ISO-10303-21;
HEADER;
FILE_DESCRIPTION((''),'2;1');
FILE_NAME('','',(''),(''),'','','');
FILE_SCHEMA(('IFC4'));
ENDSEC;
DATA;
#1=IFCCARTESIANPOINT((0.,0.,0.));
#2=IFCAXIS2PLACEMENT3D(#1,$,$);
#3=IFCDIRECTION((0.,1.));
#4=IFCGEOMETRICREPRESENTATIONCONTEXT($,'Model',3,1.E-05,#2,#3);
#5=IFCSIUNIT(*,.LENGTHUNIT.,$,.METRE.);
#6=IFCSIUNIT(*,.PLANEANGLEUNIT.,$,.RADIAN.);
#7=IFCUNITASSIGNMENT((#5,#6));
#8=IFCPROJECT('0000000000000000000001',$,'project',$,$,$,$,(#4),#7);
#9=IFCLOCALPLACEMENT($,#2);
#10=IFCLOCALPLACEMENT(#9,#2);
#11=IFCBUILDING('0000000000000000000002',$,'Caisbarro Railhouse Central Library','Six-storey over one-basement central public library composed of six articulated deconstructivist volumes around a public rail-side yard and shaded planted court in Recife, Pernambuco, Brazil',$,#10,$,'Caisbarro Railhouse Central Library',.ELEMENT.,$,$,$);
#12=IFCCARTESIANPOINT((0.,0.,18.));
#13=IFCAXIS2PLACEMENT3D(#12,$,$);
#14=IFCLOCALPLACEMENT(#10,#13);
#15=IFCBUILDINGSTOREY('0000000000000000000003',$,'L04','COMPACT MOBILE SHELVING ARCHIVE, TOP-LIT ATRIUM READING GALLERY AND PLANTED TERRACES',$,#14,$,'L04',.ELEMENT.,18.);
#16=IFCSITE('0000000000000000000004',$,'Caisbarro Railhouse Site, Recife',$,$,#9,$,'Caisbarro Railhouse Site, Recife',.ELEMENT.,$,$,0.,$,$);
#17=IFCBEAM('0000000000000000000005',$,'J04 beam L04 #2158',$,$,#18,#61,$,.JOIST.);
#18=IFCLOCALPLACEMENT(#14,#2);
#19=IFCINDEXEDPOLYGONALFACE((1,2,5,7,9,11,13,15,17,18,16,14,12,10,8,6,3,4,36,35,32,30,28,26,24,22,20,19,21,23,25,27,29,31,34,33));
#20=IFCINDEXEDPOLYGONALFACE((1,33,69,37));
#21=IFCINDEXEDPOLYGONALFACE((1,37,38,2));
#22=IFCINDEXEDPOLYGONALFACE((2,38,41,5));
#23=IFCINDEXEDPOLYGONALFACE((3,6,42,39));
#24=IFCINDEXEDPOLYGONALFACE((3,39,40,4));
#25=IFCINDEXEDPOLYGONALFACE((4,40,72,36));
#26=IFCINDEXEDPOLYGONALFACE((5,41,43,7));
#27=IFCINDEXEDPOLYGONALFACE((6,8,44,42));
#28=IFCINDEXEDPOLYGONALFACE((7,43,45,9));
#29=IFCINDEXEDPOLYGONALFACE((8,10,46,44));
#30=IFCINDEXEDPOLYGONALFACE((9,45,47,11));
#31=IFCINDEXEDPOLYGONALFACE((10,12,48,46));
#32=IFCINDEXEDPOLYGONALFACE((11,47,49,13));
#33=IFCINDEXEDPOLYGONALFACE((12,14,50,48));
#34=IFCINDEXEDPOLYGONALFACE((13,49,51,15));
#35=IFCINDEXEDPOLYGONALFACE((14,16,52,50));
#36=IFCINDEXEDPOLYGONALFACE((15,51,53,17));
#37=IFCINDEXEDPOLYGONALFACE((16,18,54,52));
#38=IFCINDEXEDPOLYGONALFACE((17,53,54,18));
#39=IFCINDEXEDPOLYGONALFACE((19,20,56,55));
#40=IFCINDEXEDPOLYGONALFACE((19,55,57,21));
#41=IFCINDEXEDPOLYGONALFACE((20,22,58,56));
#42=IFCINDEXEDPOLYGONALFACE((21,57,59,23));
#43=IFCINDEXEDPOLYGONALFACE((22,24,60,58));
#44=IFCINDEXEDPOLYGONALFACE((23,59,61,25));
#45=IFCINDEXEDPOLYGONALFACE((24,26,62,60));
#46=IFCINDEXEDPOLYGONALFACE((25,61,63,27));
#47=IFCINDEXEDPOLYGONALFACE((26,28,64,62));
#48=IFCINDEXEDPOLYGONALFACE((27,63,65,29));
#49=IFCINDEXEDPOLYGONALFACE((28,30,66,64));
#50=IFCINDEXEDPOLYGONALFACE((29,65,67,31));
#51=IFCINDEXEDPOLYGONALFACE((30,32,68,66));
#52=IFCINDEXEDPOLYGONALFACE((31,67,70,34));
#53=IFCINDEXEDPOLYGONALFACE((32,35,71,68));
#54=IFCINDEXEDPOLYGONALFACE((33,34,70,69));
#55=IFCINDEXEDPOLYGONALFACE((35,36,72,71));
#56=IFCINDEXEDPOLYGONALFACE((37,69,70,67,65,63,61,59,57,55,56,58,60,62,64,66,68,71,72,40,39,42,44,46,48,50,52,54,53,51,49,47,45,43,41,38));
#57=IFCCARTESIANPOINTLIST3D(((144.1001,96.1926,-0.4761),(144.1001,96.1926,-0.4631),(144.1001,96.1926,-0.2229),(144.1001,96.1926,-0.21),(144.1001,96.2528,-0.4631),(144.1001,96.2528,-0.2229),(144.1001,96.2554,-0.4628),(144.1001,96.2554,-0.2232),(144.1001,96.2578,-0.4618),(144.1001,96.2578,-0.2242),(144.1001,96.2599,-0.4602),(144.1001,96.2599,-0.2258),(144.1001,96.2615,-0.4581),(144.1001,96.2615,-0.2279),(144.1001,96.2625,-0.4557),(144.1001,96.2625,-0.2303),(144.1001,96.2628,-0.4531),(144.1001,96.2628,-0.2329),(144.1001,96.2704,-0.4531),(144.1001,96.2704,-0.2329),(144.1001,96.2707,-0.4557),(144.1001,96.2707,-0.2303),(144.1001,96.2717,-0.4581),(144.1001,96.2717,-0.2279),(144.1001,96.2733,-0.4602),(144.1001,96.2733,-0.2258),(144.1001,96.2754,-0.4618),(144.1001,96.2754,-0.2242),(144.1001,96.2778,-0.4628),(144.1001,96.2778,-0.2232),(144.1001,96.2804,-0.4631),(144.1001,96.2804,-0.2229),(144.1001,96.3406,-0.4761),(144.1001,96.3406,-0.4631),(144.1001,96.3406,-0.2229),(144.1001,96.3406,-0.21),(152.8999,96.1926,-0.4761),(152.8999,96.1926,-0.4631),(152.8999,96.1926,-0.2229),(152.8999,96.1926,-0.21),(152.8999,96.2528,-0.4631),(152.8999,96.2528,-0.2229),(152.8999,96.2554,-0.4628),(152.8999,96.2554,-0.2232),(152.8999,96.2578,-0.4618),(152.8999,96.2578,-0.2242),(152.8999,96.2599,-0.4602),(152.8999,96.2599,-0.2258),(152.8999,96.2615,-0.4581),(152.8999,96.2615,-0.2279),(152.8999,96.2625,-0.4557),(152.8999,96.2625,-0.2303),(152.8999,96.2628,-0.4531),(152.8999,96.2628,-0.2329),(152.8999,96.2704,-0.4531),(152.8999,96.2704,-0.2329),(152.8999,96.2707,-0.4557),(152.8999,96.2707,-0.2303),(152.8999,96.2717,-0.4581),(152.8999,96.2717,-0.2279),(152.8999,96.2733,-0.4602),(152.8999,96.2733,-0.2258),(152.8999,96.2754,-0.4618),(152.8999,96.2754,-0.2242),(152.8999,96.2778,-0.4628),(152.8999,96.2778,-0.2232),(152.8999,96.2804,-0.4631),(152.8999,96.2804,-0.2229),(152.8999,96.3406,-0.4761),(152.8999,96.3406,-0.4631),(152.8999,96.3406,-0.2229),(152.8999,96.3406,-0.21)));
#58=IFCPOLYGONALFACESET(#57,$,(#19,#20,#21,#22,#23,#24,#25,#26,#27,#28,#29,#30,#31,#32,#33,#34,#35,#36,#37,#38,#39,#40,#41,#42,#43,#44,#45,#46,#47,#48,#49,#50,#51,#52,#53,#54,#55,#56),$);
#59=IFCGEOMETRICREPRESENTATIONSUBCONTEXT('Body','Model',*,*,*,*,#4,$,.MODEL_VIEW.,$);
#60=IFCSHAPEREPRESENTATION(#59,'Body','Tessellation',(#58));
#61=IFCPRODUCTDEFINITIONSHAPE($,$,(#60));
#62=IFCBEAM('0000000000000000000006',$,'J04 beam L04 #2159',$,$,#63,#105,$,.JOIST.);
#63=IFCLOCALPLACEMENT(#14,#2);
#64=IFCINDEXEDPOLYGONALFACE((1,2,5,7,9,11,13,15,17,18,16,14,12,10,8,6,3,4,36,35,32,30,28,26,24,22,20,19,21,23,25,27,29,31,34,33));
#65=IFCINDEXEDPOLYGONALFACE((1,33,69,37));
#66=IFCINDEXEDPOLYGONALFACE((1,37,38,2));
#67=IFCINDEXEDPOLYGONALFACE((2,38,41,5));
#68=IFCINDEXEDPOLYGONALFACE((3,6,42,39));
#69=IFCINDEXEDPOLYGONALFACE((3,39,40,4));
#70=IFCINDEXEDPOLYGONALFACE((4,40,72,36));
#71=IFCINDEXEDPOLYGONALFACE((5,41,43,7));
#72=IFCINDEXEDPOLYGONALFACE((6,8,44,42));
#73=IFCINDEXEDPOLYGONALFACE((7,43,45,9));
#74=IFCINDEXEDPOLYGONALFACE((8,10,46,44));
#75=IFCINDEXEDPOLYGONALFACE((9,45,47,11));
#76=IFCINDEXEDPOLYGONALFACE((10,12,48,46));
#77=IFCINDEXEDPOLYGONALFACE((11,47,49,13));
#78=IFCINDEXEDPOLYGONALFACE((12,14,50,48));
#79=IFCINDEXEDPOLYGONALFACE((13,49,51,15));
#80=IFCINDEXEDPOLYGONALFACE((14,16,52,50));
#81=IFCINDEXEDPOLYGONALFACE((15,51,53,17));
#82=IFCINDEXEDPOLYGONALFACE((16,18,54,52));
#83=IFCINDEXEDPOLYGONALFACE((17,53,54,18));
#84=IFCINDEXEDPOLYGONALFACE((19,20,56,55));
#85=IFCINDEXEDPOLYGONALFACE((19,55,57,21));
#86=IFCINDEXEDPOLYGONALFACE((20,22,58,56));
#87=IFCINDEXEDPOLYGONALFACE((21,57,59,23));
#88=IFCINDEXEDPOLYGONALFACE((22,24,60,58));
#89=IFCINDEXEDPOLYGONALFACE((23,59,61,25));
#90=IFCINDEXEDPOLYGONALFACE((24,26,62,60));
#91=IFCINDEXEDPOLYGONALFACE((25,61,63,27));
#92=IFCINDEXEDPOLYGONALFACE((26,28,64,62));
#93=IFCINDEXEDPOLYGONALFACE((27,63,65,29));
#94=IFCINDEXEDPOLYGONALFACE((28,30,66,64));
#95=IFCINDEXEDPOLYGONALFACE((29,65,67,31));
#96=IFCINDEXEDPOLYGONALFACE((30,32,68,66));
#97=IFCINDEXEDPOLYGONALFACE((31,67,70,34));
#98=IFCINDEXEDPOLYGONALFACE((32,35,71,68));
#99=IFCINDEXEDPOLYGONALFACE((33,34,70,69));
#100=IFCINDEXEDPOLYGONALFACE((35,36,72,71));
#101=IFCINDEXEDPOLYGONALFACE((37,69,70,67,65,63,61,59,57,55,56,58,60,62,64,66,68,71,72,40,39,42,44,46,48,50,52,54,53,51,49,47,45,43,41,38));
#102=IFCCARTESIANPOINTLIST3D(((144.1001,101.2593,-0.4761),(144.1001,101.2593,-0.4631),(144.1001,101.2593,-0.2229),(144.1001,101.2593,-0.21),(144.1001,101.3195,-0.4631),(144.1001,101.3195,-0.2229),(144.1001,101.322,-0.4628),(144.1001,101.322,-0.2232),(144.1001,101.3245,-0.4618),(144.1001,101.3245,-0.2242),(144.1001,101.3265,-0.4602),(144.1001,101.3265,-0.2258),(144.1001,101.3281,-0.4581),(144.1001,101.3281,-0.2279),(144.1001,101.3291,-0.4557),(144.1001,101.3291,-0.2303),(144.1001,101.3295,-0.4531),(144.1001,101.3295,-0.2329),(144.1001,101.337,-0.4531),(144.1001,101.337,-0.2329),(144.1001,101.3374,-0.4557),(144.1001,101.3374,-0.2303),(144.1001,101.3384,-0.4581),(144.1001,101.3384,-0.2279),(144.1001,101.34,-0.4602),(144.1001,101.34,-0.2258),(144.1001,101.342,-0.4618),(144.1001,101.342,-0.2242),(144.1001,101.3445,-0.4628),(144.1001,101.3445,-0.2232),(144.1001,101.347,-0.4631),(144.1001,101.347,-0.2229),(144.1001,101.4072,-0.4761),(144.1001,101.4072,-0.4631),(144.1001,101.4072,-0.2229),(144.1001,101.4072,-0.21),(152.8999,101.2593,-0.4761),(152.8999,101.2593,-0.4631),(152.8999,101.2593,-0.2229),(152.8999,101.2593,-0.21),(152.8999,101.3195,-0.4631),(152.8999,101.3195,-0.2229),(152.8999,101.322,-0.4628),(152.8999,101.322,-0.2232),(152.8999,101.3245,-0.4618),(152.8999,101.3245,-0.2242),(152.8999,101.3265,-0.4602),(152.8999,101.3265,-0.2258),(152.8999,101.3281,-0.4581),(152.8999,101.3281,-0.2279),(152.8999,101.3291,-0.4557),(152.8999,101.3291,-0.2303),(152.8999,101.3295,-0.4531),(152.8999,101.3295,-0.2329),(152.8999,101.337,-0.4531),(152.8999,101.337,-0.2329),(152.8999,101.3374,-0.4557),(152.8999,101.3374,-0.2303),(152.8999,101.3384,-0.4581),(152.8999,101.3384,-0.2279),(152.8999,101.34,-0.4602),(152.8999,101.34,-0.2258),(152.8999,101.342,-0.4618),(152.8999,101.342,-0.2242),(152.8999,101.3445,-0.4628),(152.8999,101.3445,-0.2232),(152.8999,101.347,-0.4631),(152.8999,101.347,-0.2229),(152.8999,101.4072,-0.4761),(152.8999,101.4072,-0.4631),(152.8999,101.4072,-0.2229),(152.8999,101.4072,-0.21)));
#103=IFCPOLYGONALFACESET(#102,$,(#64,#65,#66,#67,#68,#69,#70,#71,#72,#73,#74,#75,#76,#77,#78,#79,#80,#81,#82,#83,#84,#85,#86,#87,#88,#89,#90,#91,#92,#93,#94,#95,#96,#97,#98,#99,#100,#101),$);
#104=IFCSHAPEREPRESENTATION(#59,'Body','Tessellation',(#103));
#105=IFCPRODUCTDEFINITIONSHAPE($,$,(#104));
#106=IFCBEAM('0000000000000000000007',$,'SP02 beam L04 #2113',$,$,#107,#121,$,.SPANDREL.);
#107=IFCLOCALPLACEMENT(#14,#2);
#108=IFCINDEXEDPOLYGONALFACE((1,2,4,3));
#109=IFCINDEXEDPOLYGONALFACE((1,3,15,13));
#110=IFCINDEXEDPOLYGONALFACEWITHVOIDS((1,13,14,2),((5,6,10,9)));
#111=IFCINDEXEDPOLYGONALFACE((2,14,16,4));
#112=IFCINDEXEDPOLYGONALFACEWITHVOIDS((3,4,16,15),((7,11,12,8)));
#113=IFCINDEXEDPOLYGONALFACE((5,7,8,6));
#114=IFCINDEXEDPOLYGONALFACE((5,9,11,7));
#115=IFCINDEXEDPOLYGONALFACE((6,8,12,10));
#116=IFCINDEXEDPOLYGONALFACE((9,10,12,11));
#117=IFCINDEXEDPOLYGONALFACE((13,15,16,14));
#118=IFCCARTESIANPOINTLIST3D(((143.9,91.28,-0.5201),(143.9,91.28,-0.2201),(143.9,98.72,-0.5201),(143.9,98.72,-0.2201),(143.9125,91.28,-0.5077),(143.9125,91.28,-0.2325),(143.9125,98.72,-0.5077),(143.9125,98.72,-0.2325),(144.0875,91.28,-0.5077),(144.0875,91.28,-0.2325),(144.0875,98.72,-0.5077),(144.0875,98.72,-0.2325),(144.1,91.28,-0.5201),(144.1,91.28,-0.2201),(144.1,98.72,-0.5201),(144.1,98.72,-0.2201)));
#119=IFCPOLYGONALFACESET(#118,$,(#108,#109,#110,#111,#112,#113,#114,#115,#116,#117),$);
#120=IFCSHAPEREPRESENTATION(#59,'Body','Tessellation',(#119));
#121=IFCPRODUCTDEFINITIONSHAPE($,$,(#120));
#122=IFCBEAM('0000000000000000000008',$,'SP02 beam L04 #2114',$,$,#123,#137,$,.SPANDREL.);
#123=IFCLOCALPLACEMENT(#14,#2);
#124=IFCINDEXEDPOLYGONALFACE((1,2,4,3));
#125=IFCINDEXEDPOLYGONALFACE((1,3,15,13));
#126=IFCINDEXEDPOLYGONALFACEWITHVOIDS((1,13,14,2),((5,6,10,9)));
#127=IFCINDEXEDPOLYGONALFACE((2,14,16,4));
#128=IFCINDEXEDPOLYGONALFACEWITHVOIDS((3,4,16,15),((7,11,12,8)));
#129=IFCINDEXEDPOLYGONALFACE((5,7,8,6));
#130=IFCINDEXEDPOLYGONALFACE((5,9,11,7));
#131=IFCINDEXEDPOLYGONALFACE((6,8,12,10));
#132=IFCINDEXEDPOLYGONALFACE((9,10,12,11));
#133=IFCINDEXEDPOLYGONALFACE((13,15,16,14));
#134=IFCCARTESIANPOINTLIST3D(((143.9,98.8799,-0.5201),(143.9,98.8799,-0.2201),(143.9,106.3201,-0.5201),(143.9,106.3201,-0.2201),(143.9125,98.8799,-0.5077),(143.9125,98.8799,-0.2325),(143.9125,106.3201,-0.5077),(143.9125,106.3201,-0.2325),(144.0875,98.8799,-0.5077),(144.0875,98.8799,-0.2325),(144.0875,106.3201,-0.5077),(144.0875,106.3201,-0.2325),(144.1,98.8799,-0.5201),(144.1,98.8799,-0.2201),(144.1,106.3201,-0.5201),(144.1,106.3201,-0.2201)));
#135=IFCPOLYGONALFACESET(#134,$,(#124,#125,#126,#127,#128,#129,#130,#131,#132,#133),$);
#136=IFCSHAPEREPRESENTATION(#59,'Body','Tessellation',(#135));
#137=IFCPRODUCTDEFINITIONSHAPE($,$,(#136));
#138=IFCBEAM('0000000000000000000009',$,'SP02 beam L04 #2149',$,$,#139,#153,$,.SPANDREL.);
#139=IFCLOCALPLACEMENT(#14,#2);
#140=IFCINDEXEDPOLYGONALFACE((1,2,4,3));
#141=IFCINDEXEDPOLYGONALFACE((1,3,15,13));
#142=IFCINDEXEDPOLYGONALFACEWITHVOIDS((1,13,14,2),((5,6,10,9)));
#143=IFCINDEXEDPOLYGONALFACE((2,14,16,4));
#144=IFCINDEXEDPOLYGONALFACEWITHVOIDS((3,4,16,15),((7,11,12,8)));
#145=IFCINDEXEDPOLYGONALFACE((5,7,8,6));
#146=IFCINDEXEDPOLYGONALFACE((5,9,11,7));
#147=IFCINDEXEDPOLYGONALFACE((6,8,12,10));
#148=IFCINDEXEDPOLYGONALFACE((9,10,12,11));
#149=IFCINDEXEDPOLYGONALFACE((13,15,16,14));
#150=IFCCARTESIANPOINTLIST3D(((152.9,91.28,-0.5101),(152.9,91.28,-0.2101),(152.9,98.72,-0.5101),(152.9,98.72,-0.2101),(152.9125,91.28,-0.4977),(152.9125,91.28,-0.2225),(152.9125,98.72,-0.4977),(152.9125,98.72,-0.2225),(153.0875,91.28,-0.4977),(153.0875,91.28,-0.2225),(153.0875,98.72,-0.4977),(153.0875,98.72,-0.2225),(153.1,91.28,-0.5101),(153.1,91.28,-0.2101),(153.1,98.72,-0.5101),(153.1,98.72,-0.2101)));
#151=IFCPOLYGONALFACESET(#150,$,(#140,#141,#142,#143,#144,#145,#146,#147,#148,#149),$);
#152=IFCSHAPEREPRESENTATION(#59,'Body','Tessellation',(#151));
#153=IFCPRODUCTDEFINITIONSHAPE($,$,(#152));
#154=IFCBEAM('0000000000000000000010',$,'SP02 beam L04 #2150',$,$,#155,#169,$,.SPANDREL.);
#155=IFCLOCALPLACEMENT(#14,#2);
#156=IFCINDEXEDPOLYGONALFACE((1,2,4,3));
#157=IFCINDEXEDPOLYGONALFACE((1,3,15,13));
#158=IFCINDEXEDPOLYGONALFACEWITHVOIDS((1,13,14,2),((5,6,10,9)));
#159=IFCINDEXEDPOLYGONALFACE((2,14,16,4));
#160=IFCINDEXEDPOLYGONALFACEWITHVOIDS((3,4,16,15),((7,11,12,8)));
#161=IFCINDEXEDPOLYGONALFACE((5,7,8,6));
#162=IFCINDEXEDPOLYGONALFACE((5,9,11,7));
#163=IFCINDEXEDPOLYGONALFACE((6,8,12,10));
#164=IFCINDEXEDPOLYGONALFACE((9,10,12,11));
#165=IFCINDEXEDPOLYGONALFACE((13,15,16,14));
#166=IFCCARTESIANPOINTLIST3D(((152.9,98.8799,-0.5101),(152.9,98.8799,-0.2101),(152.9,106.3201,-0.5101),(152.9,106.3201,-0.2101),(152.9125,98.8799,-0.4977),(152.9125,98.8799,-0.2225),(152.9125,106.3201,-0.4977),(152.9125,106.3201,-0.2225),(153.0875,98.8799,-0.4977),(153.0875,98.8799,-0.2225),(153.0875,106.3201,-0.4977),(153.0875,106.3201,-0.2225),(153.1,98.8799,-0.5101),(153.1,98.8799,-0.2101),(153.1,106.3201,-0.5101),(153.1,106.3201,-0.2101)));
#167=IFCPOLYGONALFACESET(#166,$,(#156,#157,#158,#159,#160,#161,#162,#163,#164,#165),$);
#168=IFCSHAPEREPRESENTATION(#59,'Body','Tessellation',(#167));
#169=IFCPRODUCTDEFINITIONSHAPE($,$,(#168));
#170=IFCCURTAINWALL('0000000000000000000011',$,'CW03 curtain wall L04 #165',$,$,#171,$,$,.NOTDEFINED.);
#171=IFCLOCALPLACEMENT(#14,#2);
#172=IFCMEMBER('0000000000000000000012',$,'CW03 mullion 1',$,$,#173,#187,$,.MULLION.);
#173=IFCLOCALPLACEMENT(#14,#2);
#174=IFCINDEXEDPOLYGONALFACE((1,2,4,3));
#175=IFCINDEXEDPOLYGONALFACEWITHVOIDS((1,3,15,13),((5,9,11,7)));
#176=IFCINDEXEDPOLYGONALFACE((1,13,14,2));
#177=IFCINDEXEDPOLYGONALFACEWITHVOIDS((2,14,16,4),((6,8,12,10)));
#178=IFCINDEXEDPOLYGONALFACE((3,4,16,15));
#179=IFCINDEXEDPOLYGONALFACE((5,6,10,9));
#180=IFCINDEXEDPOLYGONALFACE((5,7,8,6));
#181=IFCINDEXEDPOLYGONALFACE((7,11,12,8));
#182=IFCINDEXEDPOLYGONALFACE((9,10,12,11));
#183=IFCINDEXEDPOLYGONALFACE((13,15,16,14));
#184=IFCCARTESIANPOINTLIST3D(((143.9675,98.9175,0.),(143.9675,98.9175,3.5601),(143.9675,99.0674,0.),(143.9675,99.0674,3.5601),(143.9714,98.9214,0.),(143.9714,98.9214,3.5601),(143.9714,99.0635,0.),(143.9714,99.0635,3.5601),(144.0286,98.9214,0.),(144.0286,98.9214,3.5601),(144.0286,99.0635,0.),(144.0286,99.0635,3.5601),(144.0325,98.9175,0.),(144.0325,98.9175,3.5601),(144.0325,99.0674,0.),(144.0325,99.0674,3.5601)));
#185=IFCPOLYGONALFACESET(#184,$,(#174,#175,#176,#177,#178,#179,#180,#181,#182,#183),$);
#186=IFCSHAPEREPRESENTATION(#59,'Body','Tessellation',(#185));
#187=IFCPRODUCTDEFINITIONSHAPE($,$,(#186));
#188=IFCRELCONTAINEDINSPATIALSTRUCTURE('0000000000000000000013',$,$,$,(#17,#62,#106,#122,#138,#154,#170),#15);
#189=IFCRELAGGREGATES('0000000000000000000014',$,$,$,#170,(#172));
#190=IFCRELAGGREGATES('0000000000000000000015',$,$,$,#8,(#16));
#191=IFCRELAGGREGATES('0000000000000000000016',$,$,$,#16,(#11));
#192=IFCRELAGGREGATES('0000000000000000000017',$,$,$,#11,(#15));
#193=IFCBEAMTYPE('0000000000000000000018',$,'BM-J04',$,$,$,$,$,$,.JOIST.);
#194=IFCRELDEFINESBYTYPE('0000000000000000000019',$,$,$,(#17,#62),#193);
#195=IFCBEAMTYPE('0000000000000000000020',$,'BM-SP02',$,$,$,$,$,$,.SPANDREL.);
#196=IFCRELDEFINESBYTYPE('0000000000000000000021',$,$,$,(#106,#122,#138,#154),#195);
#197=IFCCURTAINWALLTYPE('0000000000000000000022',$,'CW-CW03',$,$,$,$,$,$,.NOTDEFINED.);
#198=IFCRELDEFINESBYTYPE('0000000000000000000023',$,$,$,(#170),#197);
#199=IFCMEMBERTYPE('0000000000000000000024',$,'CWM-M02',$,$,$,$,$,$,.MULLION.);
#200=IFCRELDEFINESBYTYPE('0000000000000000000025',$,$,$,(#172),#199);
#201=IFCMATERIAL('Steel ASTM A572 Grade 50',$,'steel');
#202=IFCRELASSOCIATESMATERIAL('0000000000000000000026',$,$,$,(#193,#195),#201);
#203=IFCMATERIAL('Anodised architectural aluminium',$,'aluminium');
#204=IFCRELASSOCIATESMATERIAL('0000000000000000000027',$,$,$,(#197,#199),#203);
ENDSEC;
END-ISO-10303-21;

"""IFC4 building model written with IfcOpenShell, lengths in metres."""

from ifc_helpers import new_model, si_unit, direction, frame, origin, origin_2d, place, context, subcontext, project, spatial, hollow_rectangle, i_section, extrude, material, material_profile, profile_set, type_object, element, aggregate, save


model = new_model("IFC4")

# Units and contexts
model_context = context("Model", 3, precision=1e-05, world=origin(), true_north=direction((0.0, 1.0)))
body_context = subcontext(model_context, "Body", "Model", "MODEL_VIEW")
ifc_project = project(units=[si_unit("LENGTHUNIT", "METRE"), si_unit("PLANEANGLEUNIT", "RADIAN")], contexts=[model_context])

# Site, building, storey
site_placement = place(None, origin())
site = spatial("IfcSite", under=ifc_project, at=site_placement, Name="Caisbarro Railhouse Site, Recife", LongName="Caisbarro Railhouse Site, Recife", CompositionType="ELEMENT", RefElevation=0.0)
building_placement = place(site_placement, origin())
building = spatial("IfcBuilding", under=site, at=building_placement, Name="Caisbarro Railhouse Central Library", Description="Six-storey over one-basement central public library composed of six articulated deconstructivist volumes around a public rail-side yard and shaded planted court in Recife, Pernambuco, Brazil", LongName="Caisbarro Railhouse Central Library", CompositionType="ELEMENT")
storey_placement = place(building_placement, frame((0.0, 0.0, 18.0)))
storey = spatial("IfcBuildingStorey", under=building, at=storey_placement, Name="L04", Description="COMPACT MOBILE SHELVING ARCHIVE, TOP-LIT ATRIUM READING GALLERY AND PLANTED TERRACES", LongName="L04", CompositionType="ELEMENT", Elevation=18.0)

# Shared definitions
ifc_material_1 = material(Name="Steel ASTM A572 Grade 50", Category="steel")

# Beams
ifc_material_profile_1 = material_profile(ifc_material_1, i_section(OverallWidth=0.1479, OverallDepth=0.2661, WebThickness=0.0076, FlangeThickness=0.0129, FilletRadius=0.01, at=origin_2d()), Name="W250X44.8")
ifc_profile_set_1 = profile_set([ifc_material_profile_1], Name="Steel ASTM A572 Grade 50")
beam_type_1 = type_object("IfcBeamType", Name="BM-J04", PredefinedType="JOIST", material=ifc_profile_set_1)
for number, where, z_axis, x_axis, name in (
    (1, (144.1001, 96.2666, -0.343), (1.0, 0.0, 0.0), (0.0, 1.0, 0.0), "J04 beam L04 #2158"),
    (2, (144.1001, 101.3333, -0.343), (1.0, 0.0, 0.0), (0.0, 1.0, 0.0), "J04 beam L04 #2159"),
):
    element("IfcBeam", number, at=place(storey_placement, frame(where, z_axis=z_axis, x_axis=x_axis)), inside=storey, type_object=beam_type_1, Name=name, PredefinedType="JOIST", context=body_context, shape_type="SweptSolid", body=[
        extrude(i_section(OverallWidth=0.1479, OverallDepth=0.2661, WebThickness=0.0076, FlangeThickness=0.0129, FilletRadius=0.01, at=origin_2d()), origin(), (0.0, 0.0, 1.0), 8.7998),
    ])
ifc_material_profile_2 = material_profile(ifc_material_1, hollow_rectangle(XDim=0.2, YDim=0.3, WallThickness=0.0125, at=origin_2d()), Name="HSS300X200X12.5")
ifc_profile_set_2 = profile_set([ifc_material_profile_2], Name="Steel ASTM A572 Grade 50")
beam_type_2 = type_object("IfcBeamType", Name="BM-SP02", PredefinedType="SPANDREL", material=ifc_profile_set_2)
beam_1_placement = place(storey_placement, frame((144.0, 91.28, -0.3701), z_axis=(0.0, 1.0, 0.0), x_axis=(-1.0, 0.0, 0.0)))
element("IfcBeam", 3, at=beam_1_placement, inside=storey, type_object=beam_type_2, Name="SP02 beam L04 #2113", PredefinedType="SPANDREL", context=body_context, shape_type="SweptSolid", body=[
    extrude(hollow_rectangle(XDim=0.2, YDim=0.3, WallThickness=0.0125, at=origin_2d()), origin(), (0.0, 0.0, 1.0), 7.4399),
])
beam_2_placement = place(storey_placement, frame((144.0, 98.8799, -0.3701), z_axis=(0.0, 1.0, 0.0), x_axis=(-1.0, 0.0, 0.0)))
element("IfcBeam", 4, at=beam_2_placement, inside=storey, type_object=beam_type_2, Name="SP02 beam L04 #2114", PredefinedType="SPANDREL", context=body_context, shape_type="SweptSolid", body=[
    extrude(hollow_rectangle(XDim=0.2, YDim=0.3, WallThickness=0.0125, at=origin_2d()), origin(), (0.0, 0.0, 1.0), 7.4402),
])
beam_3_placement = place(storey_placement, frame((153.0, 91.28, -0.3601), z_axis=(0.0, 1.0, 0.0), x_axis=(-1.0, 0.0, 0.0)))
element("IfcBeam", 5, at=beam_3_placement, inside=storey, type_object=beam_type_2, Name="SP02 beam L04 #2149", PredefinedType="SPANDREL", context=body_context, shape_type="SweptSolid", body=[
    extrude(hollow_rectangle(XDim=0.2, YDim=0.3, WallThickness=0.0125, at=origin_2d()), origin(), (0.0, 0.0, 1.0), 7.4399),
])
beam_4_placement = place(storey_placement, frame((153.0, 98.8799, -0.3601), z_axis=(0.0, 1.0, 0.0), x_axis=(-1.0, 0.0, 0.0)))
element("IfcBeam", 6, at=beam_4_placement, inside=storey, type_object=beam_type_2, Name="SP02 beam L04 #2150", PredefinedType="SPANDREL", context=body_context, shape_type="SweptSolid", body=[
    extrude(hollow_rectangle(XDim=0.2, YDim=0.3, WallThickness=0.0125, at=origin_2d()), origin(), (0.0, 0.0, 1.0), 7.4402),
])

# Curtain wall, member
ifc_material_2 = material(Name="Anodised architectural aluminium", Category="aluminium")
curtain_wall_type = type_object("IfcCurtainWallType", Name="CW-CW03", PredefinedType="NOTDEFINED", material=ifc_material_2)
curtain_wall_placement = place(storey_placement, origin())
curtain_wall = element("IfcCurtainWall", 7, at=curtain_wall_placement, inside=storey, type_object=curtain_wall_type, Name="CW03 curtain wall L04 #165", PredefinedType="NOTDEFINED")
ifc_material_profile_3 = material_profile(ifc_material_2, hollow_rectangle(XDim=0.0649, YDim=0.1499, WallThickness=0.0039, at=origin_2d()), Name="ALU-MUL-65X150")
ifc_profile_set_3 = profile_set([ifc_material_profile_3], Name="Anodised architectural aluminium")
member_type_1 = type_object("IfcMemberType", Name="CWM-M02", PredefinedType="MULLION", material=ifc_profile_set_3)
member_1_placement = place(storey_placement, frame((144.0, 98.9924, 0.0), z_axis=(0.0, 0.0, 1.0), x_axis=(-1.0, 0.0, 0.0)))
member_1 = element("IfcMember", 8, at=member_1_placement, type_object=member_type_1, Name="CW03 mullion 1", PredefinedType="MULLION", context=body_context, shape_type="SweptSolid", body=[
    extrude(hollow_rectangle(XDim=0.0649, YDim=0.1499, WallThickness=0.0039, at=origin_2d()), origin(), (0.0, 0.0, 1.0), 3.5601),
])
aggregate(curtain_wall, [member_1])

save(model, "model.ifc")
